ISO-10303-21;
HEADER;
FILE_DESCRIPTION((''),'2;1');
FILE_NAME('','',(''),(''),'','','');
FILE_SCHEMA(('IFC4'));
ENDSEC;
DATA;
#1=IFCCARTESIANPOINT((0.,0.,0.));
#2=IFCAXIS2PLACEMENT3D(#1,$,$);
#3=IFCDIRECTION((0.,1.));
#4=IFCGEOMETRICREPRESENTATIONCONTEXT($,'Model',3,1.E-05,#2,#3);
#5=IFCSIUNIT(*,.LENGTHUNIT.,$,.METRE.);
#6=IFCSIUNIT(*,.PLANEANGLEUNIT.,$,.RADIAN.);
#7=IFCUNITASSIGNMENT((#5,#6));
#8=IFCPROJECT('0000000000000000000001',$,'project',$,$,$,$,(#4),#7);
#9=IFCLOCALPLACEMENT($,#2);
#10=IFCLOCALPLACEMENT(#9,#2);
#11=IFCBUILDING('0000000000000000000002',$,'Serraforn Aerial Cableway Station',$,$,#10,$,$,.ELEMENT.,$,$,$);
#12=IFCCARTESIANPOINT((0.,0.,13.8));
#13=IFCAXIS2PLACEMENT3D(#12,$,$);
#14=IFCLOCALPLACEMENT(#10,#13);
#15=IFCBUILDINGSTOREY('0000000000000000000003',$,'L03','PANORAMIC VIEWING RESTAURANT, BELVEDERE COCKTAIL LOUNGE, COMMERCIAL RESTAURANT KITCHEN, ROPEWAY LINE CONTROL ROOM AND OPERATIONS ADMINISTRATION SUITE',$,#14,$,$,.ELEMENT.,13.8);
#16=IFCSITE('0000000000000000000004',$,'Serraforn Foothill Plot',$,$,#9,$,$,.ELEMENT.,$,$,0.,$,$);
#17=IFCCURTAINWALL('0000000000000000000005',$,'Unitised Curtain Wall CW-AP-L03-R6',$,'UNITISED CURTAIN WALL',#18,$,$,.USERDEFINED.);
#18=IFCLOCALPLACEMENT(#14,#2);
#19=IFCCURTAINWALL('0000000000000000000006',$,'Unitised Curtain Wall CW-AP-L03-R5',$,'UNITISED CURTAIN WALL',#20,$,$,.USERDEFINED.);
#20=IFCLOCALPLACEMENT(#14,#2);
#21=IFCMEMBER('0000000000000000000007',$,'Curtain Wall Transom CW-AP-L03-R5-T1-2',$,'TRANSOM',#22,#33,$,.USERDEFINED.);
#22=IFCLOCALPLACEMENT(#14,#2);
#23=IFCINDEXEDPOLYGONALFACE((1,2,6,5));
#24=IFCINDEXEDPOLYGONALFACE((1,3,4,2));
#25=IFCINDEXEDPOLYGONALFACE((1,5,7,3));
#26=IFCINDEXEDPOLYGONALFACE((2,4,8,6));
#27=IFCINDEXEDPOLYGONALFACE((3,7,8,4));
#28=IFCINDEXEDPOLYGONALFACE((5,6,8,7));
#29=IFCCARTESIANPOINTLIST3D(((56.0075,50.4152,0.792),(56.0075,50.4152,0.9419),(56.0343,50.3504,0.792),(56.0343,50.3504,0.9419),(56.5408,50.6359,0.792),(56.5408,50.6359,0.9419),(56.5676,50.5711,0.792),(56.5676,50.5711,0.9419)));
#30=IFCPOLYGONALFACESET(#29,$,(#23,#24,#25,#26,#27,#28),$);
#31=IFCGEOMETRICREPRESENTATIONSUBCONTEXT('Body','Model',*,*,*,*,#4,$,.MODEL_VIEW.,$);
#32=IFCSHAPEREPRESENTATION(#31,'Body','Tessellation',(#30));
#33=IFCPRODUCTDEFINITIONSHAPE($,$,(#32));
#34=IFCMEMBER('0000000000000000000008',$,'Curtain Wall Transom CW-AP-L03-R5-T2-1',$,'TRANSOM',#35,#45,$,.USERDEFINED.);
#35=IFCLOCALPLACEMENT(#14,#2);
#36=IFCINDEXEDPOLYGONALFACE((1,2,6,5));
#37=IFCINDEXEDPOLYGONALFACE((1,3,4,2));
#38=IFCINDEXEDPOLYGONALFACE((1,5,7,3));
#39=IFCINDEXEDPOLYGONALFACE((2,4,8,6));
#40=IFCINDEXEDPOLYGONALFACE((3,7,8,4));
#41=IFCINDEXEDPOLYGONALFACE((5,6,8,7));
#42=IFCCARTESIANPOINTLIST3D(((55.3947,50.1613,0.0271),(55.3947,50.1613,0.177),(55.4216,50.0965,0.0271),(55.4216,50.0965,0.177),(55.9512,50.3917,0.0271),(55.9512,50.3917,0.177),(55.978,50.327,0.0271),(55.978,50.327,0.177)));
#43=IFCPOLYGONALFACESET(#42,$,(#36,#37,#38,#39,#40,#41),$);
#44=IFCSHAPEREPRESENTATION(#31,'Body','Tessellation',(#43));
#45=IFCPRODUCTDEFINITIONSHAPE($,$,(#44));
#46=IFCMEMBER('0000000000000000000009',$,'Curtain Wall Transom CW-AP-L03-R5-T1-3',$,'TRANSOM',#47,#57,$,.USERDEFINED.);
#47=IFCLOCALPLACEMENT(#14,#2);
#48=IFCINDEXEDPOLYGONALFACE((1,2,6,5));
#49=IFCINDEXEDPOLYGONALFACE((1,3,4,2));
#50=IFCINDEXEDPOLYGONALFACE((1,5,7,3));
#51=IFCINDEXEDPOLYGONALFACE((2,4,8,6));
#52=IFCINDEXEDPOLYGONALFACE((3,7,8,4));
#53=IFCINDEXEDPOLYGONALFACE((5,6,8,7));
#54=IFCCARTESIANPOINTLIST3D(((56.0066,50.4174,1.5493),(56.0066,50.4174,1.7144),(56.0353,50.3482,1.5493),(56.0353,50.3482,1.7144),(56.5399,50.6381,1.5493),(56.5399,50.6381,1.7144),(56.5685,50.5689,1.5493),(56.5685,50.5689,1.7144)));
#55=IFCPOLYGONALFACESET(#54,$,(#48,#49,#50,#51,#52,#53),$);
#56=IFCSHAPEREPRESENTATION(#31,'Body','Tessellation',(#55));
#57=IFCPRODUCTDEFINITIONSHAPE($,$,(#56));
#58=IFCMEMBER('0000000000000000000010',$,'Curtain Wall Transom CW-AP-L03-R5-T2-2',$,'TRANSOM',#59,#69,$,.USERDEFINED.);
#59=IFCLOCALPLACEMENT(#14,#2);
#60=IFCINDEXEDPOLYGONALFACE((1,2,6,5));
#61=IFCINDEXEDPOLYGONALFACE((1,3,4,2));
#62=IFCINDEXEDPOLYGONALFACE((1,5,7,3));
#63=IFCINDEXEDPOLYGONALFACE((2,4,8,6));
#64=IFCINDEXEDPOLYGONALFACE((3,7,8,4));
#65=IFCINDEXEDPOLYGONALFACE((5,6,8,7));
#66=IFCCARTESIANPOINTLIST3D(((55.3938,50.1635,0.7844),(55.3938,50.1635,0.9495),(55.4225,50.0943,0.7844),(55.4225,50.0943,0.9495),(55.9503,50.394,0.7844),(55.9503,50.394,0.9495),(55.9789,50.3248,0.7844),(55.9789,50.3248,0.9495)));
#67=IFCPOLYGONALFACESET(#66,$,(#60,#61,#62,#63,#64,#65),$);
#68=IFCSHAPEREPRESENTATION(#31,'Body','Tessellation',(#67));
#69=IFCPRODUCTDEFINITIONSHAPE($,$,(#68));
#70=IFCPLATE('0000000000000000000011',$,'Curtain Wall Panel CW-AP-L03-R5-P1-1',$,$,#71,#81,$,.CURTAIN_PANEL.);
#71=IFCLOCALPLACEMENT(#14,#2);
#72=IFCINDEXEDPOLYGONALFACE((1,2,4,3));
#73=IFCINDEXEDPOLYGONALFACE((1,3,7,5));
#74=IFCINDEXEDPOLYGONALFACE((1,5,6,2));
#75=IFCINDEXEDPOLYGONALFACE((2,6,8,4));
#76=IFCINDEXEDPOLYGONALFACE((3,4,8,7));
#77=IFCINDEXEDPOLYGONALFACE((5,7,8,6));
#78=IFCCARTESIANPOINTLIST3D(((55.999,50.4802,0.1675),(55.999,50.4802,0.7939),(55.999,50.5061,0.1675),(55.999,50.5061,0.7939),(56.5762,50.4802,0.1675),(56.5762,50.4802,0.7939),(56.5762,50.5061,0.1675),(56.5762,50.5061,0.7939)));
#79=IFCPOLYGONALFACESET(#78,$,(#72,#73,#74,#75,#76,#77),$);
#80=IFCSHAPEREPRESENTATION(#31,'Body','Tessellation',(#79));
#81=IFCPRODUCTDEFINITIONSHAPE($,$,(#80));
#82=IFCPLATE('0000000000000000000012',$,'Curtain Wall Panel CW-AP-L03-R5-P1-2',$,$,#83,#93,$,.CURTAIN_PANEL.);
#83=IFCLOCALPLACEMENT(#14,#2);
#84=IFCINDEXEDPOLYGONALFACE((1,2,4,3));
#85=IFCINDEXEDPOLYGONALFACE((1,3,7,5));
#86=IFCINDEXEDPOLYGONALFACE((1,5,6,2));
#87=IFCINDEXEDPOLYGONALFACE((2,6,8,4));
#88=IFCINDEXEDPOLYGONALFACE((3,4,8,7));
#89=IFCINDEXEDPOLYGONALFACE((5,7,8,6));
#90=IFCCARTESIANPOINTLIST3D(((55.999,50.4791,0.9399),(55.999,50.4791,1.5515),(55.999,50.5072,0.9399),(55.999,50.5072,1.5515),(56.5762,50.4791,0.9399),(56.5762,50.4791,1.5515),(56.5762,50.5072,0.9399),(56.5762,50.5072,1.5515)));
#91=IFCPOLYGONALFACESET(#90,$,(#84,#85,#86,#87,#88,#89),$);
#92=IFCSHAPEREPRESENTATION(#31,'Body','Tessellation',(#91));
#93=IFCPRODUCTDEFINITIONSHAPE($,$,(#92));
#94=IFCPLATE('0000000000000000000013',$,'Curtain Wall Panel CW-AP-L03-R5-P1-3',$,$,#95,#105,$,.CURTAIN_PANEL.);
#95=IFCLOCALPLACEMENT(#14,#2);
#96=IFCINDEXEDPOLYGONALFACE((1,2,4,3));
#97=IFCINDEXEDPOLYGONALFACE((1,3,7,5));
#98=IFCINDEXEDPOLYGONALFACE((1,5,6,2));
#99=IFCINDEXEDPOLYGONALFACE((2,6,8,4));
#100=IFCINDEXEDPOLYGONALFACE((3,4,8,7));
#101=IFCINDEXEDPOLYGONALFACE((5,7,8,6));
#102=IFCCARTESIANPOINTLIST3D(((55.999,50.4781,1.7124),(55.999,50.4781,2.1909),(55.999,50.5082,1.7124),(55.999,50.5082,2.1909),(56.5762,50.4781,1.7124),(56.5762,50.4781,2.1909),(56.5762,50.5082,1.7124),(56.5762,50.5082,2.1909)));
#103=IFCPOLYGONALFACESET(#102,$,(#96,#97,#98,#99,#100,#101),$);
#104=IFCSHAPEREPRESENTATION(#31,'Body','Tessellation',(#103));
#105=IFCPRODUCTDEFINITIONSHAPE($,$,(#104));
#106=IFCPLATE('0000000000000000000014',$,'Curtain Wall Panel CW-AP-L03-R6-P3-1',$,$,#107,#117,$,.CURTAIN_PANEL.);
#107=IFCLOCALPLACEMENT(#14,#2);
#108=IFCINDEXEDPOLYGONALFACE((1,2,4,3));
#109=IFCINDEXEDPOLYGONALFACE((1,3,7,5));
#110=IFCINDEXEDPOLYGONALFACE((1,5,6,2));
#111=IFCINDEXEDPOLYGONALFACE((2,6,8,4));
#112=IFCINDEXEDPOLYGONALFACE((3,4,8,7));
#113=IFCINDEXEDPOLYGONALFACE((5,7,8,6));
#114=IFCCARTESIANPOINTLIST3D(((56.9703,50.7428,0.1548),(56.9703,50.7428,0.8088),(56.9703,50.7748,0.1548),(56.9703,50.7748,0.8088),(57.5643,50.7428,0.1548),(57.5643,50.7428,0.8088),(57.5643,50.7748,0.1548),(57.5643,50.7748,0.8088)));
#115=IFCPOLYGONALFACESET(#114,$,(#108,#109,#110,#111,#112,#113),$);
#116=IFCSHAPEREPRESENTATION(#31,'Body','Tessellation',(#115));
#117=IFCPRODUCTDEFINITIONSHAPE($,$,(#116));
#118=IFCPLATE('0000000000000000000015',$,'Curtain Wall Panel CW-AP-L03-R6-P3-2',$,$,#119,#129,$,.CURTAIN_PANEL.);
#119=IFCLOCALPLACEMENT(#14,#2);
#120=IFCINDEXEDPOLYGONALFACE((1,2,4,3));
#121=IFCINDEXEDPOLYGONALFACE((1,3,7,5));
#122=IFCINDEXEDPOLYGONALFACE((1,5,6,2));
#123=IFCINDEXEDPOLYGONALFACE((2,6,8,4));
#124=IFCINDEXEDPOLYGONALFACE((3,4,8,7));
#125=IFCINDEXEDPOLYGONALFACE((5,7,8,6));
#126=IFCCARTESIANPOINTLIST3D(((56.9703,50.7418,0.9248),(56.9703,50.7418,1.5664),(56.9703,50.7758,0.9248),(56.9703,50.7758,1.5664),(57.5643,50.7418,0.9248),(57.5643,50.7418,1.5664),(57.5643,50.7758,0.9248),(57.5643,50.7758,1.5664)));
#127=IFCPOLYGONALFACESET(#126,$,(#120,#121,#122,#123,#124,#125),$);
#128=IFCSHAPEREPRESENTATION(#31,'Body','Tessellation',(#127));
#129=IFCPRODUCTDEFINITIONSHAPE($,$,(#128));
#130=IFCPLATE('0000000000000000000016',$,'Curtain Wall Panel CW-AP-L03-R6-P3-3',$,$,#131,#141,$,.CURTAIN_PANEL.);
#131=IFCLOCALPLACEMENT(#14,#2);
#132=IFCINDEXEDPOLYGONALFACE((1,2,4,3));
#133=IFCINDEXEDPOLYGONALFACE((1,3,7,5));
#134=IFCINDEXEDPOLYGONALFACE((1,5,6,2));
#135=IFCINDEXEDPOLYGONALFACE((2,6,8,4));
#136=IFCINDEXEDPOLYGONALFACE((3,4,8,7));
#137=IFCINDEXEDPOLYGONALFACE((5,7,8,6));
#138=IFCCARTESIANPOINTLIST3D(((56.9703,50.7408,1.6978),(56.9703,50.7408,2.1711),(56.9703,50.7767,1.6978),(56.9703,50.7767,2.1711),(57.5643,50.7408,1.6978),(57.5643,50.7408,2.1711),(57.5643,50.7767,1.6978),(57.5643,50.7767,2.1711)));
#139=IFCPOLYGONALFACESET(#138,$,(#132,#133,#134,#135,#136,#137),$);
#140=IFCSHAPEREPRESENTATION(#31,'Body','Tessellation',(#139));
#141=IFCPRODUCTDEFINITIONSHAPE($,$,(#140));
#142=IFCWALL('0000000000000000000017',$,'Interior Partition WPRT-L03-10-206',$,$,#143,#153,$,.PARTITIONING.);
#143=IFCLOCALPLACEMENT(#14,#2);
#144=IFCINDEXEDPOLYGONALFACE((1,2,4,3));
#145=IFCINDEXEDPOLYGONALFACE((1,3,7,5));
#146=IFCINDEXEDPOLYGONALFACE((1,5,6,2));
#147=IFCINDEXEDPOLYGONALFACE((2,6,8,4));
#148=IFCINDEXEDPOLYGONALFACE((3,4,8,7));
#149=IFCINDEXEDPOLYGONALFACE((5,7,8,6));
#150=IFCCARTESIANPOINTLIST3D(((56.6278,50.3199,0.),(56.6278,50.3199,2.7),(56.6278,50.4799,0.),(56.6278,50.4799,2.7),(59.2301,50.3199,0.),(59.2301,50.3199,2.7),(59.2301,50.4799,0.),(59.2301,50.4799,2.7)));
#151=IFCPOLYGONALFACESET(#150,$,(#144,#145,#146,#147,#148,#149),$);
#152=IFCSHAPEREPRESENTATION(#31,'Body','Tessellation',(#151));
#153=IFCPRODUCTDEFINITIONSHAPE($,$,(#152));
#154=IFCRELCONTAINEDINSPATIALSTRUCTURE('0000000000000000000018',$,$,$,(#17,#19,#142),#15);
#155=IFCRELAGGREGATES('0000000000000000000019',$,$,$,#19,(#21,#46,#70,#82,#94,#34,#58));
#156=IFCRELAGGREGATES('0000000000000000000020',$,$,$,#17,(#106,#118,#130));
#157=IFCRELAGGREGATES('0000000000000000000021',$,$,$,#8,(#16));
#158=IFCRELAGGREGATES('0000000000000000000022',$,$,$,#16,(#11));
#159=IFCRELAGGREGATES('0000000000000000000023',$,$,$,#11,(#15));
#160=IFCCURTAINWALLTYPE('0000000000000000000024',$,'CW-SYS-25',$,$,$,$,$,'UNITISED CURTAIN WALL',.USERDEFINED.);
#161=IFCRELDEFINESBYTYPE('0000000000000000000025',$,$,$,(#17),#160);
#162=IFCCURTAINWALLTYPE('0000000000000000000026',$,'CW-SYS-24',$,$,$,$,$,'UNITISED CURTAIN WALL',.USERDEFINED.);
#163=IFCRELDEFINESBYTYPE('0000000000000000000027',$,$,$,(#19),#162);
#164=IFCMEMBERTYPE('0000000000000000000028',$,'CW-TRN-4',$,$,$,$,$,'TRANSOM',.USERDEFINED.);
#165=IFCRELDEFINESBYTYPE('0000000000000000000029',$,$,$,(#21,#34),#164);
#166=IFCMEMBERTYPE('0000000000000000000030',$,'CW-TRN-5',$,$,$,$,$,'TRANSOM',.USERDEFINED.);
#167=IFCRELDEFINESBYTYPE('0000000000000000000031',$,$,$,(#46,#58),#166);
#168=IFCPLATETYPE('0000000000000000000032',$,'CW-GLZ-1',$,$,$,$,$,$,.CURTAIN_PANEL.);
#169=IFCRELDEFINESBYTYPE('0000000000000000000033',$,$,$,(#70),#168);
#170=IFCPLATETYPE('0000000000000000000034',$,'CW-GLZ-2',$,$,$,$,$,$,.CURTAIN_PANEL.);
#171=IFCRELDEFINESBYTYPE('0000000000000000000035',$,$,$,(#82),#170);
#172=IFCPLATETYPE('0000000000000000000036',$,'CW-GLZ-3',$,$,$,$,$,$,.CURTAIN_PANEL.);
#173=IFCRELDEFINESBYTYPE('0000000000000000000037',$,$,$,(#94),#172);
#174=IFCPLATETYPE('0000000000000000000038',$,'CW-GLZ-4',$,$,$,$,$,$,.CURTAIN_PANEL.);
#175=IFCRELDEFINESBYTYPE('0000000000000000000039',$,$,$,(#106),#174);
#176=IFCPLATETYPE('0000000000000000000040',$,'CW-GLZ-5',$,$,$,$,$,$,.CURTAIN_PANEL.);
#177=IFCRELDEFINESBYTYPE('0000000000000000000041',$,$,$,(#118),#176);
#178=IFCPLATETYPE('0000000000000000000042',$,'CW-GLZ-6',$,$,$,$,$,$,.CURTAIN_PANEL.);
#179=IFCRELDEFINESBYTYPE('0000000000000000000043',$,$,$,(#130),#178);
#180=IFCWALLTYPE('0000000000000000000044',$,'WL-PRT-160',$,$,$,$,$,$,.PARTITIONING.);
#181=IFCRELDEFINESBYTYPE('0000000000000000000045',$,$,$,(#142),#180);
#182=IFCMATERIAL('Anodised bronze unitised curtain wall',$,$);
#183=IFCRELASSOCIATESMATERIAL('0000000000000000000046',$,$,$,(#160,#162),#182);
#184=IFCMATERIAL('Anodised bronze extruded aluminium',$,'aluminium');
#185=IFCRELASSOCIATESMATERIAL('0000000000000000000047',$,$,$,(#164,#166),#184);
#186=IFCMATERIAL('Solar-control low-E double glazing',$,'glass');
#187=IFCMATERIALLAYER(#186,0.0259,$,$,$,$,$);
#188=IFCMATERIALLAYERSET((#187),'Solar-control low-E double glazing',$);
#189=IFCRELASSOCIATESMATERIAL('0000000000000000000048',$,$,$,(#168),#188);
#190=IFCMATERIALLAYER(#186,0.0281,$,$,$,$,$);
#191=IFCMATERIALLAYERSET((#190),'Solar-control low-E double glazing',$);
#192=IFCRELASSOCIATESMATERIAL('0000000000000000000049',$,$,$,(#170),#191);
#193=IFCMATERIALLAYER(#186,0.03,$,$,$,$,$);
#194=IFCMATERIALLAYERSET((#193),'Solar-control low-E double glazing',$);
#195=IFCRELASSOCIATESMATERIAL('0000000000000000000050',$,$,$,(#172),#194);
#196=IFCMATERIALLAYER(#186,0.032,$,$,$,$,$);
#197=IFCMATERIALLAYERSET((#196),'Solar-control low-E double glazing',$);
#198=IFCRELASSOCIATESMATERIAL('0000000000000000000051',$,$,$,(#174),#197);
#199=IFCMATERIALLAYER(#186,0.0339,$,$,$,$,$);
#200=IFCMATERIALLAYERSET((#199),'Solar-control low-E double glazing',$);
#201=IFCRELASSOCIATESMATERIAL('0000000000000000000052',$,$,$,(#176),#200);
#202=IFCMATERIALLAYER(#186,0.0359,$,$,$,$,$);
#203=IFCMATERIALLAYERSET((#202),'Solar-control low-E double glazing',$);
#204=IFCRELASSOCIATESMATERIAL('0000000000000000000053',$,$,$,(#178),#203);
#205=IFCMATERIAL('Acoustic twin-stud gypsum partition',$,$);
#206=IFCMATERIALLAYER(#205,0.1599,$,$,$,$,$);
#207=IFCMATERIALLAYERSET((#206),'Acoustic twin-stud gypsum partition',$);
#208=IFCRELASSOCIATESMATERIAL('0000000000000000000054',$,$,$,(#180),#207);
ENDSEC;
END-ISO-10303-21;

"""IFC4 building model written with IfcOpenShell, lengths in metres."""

from ifc_helpers import new_model, si_unit, direction, frame, frame_2d, origin, origin_2d, place, context, subcontext, project, spatial, rectangle, extrude, material, layer, layer_set, material_profile, profile_set, type_object, element, aggregate, save


model = new_model("IFC4")

# Units and contexts
model_context = context("Model", 3, precision=1e-05, world=origin(), true_north=direction((0.0, 1.0)))
body_context = subcontext(model_context, "Body", "Model", "MODEL_VIEW")
ifc_project = project(units=[si_unit("LENGTHUNIT", "METRE"), si_unit("PLANEANGLEUNIT", "RADIAN")], contexts=[model_context])

# Site, building, storey
site_placement = place(None, origin())
site = spatial("IfcSite", under=ifc_project, at=site_placement, Name="Serraforn Foothill Plot", CompositionType="ELEMENT", RefElevation=0.0)
building_placement = place(site_placement, origin())
building = spatial("IfcBuilding", under=site, at=building_placement, Name="Serraforn Aerial Cableway Station", CompositionType="ELEMENT")
storey_placement = place(building_placement, frame((0.0, 0.0, 13.8)))
storey = spatial("IfcBuildingStorey", under=building, at=storey_placement, Name="L03", Description="PANORAMIC VIEWING RESTAURANT, BELVEDERE COCKTAIL LOUNGE, COMMERCIAL RESTAURANT KITCHEN, ROPEWAY LINE CONTROL ROOM AND OPERATIONS ADMINISTRATION SUITE", CompositionType="ELEMENT", Elevation=13.8)

# Curtain wall
ifc_material_1 = material(Name="Anodised bronze unitised curtain wall")
curtain_wall_type_1 = type_object("IfcCurtainWallType", Name="CW-SYS-25", ElementType="UNITISED CURTAIN WALL", PredefinedType="USERDEFINED", material=ifc_material_1)
curtain_wall_1_placement = place(storey_placement, origin())
curtain_wall_1 = element("IfcCurtainWall", 1, at=curtain_wall_1_placement, inside=storey, type_object=curtain_wall_type_1, Name="Unitised Curtain Wall CW-AP-L03-R6", ObjectType="UNITISED CURTAIN WALL", PredefinedType="USERDEFINED")
ifc_material_2 = material(Name="Anodised bronze extruded aluminium", Category="aluminium")

# Curtain wall, members, plates
curtain_wall_type_2 = type_object("IfcCurtainWallType", Name="CW-SYS-24", ElementType="UNITISED CURTAIN WALL", PredefinedType="USERDEFINED", material=ifc_material_1)
curtain_wall_2_placement = place(storey_placement, origin())
curtain_wall_2 = element("IfcCurtainWall", 2, at=curtain_wall_2_placement, inside=storey, type_object=curtain_wall_type_2, Name="Unitised Curtain Wall CW-AP-L03-R5", ObjectType="UNITISED CURTAIN WALL", PredefinedType="USERDEFINED")
ifc_material_profile_1 = material_profile(ifc_material_2, rectangle(XDim=0.0701, YDim=0.1499, at=origin_2d()), Name="CW TRANSOM 70x150")
ifc_profile_set_1 = profile_set([ifc_material_profile_1], Name="Anodised bronze extruded aluminium")
member_type_1 = type_object("IfcMemberType", Name="CW-TRN-4", ElementType="TRANSOM", PredefinedType="USERDEFINED", material=ifc_profile_set_1)
member_1_placement = place(storey_placement, frame((56.5542, 50.6035, 0.8669), z_axis=(-0.923976, -0.382451, 0.0), x_axis=(0.382451, -0.923976, 0.0)))
member_1 = element("IfcMember", 3, at=member_1_placement, type_object=member_type_1, Name="Curtain Wall Transom CW-AP-L03-R5-T1-2", ObjectType="TRANSOM", PredefinedType="USERDEFINED", context=body_context, shape_type="SweptSolid", body=[
    extrude(rectangle(XDim=0.0701, YDim=0.1499, at=origin_2d()), origin(), (0.0, 0.0, 1.0), 0.5771),
])
member_2_placement = place(storey_placement, frame((55.9646, 50.3594, 0.1021), z_axis=(-0.923878, -0.382686, 0.0), x_axis=(0.382686, -0.923878, 0.0)))
member_2 = element("IfcMember", 4, at=member_2_placement, type_object=member_type_1, Name="Curtain Wall Transom CW-AP-L03-R5-T2-1", ObjectType="TRANSOM", PredefinedType="USERDEFINED", context=body_context, shape_type="SweptSolid", body=[
    extrude(rectangle(XDim=0.0701, YDim=0.1499, at=origin_2d()), origin(), (0.0, 0.0, 1.0), 0.6023),
])
ifc_material_profile_2 = material_profile(ifc_material_2, rectangle(XDim=0.075, YDim=0.165, at=origin_2d()), Name="CW TRANSOM 75x165")
ifc_profile_set_2 = profile_set([ifc_material_profile_2], Name="Anodised bronze extruded aluminium")
member_type_2 = type_object("IfcMemberType", Name="CW-TRN-5", ElementType="TRANSOM", PredefinedType="USERDEFINED", material=ifc_profile_set_2)
member_3_placement = place(storey_placement, frame((56.5542, 50.6035, 1.6318), z_axis=(-0.923976, -0.382451, 0.0), x_axis=(0.382451, -0.923976, 0.0)))
member_3 = element("IfcMember", 5, at=member_3_placement, type_object=member_type_2, Name="Curtain Wall Transom CW-AP-L03-R5-T1-3", ObjectType="TRANSOM", PredefinedType="USERDEFINED", context=body_context, shape_type="SweptSolid", body=[
    extrude(rectangle(XDim=0.075, YDim=0.165, at=origin_2d()), origin(), (0.0, 0.0, 1.0), 0.5771),
])
member_4_placement = place(storey_placement, frame((55.9646, 50.3594, 0.8669), z_axis=(-0.923878, -0.382686, 0.0), x_axis=(0.382686, -0.923878, 0.0)))
member_4 = element("IfcMember", 6, at=member_4_placement, type_object=member_type_2, Name="Curtain Wall Transom CW-AP-L03-R5-T2-2", ObjectType="TRANSOM", PredefinedType="USERDEFINED", context=body_context, shape_type="SweptSolid", body=[
    extrude(rectangle(XDim=0.075, YDim=0.165, at=origin_2d()), origin(), (0.0, 0.0, 1.0), 0.6023),
])
ifc_material_3 = material(Name="Solar-control low-E double glazing", Category="glass")
ifc_layer_1 = layer(ifc_material_3, 0.0259)
ifc_layer_set_1 = layer_set([ifc_layer_1], Name="Solar-control low-E double glazing")
plate_type_1 = type_object("IfcPlateType", Name="CW-GLZ-1", PredefinedType="CURTAIN_PANEL", material=ifc_layer_set_1)
plate_1_placement = place(storey_placement, frame((56.2876, 50.4932, 0.1675), z_axis=(0.0, 0.0, 1.0), x_axis=(1.0, 0.0, 0.0)))
plate_1 = element("IfcPlate", 7, at=plate_1_placement, type_object=plate_type_1, Name="Curtain Wall Panel CW-AP-L03-R5-P1-1", PredefinedType="CURTAIN_PANEL", context=body_context, shape_type="SweptSolid", body=[
    extrude(rectangle(XDim=0.5771, YDim=0.0259, at=origin_2d()), origin(), (0.0, 0.0, 1.0), 0.6265),
])
ifc_layer_2 = layer(ifc_material_3, 0.0281)
ifc_layer_set_2 = layer_set([ifc_layer_2], Name="Solar-control low-E double glazing")
plate_type_2 = type_object("IfcPlateType", Name="CW-GLZ-2", PredefinedType="CURTAIN_PANEL", material=ifc_layer_set_2)
plate_2_placement = place(storey_placement, frame((56.2876, 50.4932, 0.9399), z_axis=(0.0, 0.0, 1.0), x_axis=(1.0, 0.0, 0.0)))
plate_2 = element("IfcPlate", 8, at=plate_2_placement, type_object=plate_type_2, Name="Curtain Wall Panel CW-AP-L03-R5-P1-2", PredefinedType="CURTAIN_PANEL", context=body_context, shape_type="SweptSolid", body=[
    extrude(rectangle(XDim=0.5771, YDim=0.0281, at=origin_2d()), origin(), (0.0, 0.0, 1.0), 0.6116),
])
ifc_layer_3 = layer(ifc_material_3, 0.03)
ifc_layer_set_3 = layer_set([ifc_layer_3], Name="Solar-control low-E double glazing")
plate_type_3 = type_object("IfcPlateType", Name="CW-GLZ-3", PredefinedType="CURTAIN_PANEL", material=ifc_layer_set_3)
plate_3_placement = place(storey_placement, frame((56.2876, 50.4932, 1.7124), z_axis=(0.0, 0.0, 1.0), x_axis=(1.0, 0.0, 0.0)))
plate_3 = element("IfcPlate", 9, at=plate_3_placement, type_object=plate_type_3, Name="Curtain Wall Panel CW-AP-L03-R5-P1-3", PredefinedType="CURTAIN_PANEL", context=body_context, shape_type="SweptSolid", body=[
    extrude(rectangle(XDim=0.5771, YDim=0.03, at=origin_2d()), origin(), (0.0, 0.0, 1.0), 0.4785),
])
aggregate(curtain_wall_2, [member_1, member_3, plate_1, plate_2, plate_3, member_2, member_4])

# Plates
ifc_layer_4 = layer(ifc_material_3, 0.032)
ifc_layer_set_4 = layer_set([ifc_layer_4], Name="Solar-control low-E double glazing")
plate_type_4 = type_object("IfcPlateType", Name="CW-GLZ-4", PredefinedType="CURTAIN_PANEL", material=ifc_layer_set_4)
plate_4_placement = place(storey_placement, frame((57.2673, 50.7588, 0.1548), z_axis=(0.0, 0.0, 1.0), x_axis=(1.0, 0.0, 0.0)))
plate_4 = element("IfcPlate", 10, at=plate_4_placement, type_object=plate_type_4, Name="Curtain Wall Panel CW-AP-L03-R6-P3-1", PredefinedType="CURTAIN_PANEL", context=body_context, shape_type="SweptSolid", body=[
    extrude(rectangle(XDim=0.594, YDim=0.032, at=origin_2d()), origin(), (0.0, 0.0, 1.0), 0.6541),
])
ifc_layer_5 = layer(ifc_material_3, 0.0339)
ifc_layer_set_5 = layer_set([ifc_layer_5], Name="Solar-control low-E double glazing")
plate_type_5 = type_object("IfcPlateType", Name="CW-GLZ-5", PredefinedType="CURTAIN_PANEL", material=ifc_layer_set_5)
plate_5_placement = place(storey_placement, frame((57.2673, 50.7588, 0.9248), z_axis=(0.0, 0.0, 1.0), x_axis=(1.0, 0.0, 0.0)))
plate_5 = element("IfcPlate", 11, at=plate_5_placement, type_object=plate_type_5, Name="Curtain Wall Panel CW-AP-L03-R6-P3-2", PredefinedType="CURTAIN_PANEL", context=body_context, shape_type="SweptSolid", body=[
    extrude(rectangle(XDim=0.594, YDim=0.0339, at=origin_2d()), origin(), (0.0, 0.0, 1.0), 0.6416),
])
ifc_layer_6 = layer(ifc_material_3, 0.0359)
ifc_layer_set_6 = layer_set([ifc_layer_6], Name="Solar-control low-E double glazing")
plate_type_6 = type_object("IfcPlateType", Name="CW-GLZ-6", PredefinedType="CURTAIN_PANEL", material=ifc_layer_set_6)
plate_6_placement = place(storey_placement, frame((57.2673, 50.7588, 1.6978), z_axis=(0.0, 0.0, 1.0), x_axis=(1.0, 0.0, 0.0)))
plate_6 = element("IfcPlate", 12, at=plate_6_placement, type_object=plate_type_6, Name="Curtain Wall Panel CW-AP-L03-R6-P3-3", PredefinedType="CURTAIN_PANEL", context=body_context, shape_type="SweptSolid", body=[
    extrude(rectangle(XDim=0.594, YDim=0.0359, at=origin_2d()), origin(), (0.0, 0.0, 1.0), 0.4734),
])
aggregate(curtain_wall_1, [plate_4, plate_5, plate_6])

# Wall
ifc_material_4 = material(Name="Acoustic twin-stud gypsum partition")
ifc_layer_7 = layer(ifc_material_4, 0.1599)
ifc_layer_set_7 = layer_set([ifc_layer_7], Name="Acoustic twin-stud gypsum partition")
wall_type = type_object("IfcWallType", Name="WL-PRT-160", PredefinedType="PARTITIONING", material=ifc_layer_set_7)
wall_placement = place(storey_placement, frame((56.6277, 50.3999, 0.0), z_axis=(0.0, 0.0, 1.0), x_axis=(1.0, 0.0, 0.0)))
element("IfcWall", 13, at=wall_placement, inside=storey, type_object=wall_type, Name="Interior Partition WPRT-L03-10-206", PredefinedType="PARTITIONING", context=body_context, shape_type="SweptSolid", body=[
    extrude(rectangle(XDim=2.6023, YDim=0.1599, at=frame_2d((1.3013, 0.0))), origin(), (0.0, 0.0, 1.0), 2.7),
])

save(model, "model.ifc")
